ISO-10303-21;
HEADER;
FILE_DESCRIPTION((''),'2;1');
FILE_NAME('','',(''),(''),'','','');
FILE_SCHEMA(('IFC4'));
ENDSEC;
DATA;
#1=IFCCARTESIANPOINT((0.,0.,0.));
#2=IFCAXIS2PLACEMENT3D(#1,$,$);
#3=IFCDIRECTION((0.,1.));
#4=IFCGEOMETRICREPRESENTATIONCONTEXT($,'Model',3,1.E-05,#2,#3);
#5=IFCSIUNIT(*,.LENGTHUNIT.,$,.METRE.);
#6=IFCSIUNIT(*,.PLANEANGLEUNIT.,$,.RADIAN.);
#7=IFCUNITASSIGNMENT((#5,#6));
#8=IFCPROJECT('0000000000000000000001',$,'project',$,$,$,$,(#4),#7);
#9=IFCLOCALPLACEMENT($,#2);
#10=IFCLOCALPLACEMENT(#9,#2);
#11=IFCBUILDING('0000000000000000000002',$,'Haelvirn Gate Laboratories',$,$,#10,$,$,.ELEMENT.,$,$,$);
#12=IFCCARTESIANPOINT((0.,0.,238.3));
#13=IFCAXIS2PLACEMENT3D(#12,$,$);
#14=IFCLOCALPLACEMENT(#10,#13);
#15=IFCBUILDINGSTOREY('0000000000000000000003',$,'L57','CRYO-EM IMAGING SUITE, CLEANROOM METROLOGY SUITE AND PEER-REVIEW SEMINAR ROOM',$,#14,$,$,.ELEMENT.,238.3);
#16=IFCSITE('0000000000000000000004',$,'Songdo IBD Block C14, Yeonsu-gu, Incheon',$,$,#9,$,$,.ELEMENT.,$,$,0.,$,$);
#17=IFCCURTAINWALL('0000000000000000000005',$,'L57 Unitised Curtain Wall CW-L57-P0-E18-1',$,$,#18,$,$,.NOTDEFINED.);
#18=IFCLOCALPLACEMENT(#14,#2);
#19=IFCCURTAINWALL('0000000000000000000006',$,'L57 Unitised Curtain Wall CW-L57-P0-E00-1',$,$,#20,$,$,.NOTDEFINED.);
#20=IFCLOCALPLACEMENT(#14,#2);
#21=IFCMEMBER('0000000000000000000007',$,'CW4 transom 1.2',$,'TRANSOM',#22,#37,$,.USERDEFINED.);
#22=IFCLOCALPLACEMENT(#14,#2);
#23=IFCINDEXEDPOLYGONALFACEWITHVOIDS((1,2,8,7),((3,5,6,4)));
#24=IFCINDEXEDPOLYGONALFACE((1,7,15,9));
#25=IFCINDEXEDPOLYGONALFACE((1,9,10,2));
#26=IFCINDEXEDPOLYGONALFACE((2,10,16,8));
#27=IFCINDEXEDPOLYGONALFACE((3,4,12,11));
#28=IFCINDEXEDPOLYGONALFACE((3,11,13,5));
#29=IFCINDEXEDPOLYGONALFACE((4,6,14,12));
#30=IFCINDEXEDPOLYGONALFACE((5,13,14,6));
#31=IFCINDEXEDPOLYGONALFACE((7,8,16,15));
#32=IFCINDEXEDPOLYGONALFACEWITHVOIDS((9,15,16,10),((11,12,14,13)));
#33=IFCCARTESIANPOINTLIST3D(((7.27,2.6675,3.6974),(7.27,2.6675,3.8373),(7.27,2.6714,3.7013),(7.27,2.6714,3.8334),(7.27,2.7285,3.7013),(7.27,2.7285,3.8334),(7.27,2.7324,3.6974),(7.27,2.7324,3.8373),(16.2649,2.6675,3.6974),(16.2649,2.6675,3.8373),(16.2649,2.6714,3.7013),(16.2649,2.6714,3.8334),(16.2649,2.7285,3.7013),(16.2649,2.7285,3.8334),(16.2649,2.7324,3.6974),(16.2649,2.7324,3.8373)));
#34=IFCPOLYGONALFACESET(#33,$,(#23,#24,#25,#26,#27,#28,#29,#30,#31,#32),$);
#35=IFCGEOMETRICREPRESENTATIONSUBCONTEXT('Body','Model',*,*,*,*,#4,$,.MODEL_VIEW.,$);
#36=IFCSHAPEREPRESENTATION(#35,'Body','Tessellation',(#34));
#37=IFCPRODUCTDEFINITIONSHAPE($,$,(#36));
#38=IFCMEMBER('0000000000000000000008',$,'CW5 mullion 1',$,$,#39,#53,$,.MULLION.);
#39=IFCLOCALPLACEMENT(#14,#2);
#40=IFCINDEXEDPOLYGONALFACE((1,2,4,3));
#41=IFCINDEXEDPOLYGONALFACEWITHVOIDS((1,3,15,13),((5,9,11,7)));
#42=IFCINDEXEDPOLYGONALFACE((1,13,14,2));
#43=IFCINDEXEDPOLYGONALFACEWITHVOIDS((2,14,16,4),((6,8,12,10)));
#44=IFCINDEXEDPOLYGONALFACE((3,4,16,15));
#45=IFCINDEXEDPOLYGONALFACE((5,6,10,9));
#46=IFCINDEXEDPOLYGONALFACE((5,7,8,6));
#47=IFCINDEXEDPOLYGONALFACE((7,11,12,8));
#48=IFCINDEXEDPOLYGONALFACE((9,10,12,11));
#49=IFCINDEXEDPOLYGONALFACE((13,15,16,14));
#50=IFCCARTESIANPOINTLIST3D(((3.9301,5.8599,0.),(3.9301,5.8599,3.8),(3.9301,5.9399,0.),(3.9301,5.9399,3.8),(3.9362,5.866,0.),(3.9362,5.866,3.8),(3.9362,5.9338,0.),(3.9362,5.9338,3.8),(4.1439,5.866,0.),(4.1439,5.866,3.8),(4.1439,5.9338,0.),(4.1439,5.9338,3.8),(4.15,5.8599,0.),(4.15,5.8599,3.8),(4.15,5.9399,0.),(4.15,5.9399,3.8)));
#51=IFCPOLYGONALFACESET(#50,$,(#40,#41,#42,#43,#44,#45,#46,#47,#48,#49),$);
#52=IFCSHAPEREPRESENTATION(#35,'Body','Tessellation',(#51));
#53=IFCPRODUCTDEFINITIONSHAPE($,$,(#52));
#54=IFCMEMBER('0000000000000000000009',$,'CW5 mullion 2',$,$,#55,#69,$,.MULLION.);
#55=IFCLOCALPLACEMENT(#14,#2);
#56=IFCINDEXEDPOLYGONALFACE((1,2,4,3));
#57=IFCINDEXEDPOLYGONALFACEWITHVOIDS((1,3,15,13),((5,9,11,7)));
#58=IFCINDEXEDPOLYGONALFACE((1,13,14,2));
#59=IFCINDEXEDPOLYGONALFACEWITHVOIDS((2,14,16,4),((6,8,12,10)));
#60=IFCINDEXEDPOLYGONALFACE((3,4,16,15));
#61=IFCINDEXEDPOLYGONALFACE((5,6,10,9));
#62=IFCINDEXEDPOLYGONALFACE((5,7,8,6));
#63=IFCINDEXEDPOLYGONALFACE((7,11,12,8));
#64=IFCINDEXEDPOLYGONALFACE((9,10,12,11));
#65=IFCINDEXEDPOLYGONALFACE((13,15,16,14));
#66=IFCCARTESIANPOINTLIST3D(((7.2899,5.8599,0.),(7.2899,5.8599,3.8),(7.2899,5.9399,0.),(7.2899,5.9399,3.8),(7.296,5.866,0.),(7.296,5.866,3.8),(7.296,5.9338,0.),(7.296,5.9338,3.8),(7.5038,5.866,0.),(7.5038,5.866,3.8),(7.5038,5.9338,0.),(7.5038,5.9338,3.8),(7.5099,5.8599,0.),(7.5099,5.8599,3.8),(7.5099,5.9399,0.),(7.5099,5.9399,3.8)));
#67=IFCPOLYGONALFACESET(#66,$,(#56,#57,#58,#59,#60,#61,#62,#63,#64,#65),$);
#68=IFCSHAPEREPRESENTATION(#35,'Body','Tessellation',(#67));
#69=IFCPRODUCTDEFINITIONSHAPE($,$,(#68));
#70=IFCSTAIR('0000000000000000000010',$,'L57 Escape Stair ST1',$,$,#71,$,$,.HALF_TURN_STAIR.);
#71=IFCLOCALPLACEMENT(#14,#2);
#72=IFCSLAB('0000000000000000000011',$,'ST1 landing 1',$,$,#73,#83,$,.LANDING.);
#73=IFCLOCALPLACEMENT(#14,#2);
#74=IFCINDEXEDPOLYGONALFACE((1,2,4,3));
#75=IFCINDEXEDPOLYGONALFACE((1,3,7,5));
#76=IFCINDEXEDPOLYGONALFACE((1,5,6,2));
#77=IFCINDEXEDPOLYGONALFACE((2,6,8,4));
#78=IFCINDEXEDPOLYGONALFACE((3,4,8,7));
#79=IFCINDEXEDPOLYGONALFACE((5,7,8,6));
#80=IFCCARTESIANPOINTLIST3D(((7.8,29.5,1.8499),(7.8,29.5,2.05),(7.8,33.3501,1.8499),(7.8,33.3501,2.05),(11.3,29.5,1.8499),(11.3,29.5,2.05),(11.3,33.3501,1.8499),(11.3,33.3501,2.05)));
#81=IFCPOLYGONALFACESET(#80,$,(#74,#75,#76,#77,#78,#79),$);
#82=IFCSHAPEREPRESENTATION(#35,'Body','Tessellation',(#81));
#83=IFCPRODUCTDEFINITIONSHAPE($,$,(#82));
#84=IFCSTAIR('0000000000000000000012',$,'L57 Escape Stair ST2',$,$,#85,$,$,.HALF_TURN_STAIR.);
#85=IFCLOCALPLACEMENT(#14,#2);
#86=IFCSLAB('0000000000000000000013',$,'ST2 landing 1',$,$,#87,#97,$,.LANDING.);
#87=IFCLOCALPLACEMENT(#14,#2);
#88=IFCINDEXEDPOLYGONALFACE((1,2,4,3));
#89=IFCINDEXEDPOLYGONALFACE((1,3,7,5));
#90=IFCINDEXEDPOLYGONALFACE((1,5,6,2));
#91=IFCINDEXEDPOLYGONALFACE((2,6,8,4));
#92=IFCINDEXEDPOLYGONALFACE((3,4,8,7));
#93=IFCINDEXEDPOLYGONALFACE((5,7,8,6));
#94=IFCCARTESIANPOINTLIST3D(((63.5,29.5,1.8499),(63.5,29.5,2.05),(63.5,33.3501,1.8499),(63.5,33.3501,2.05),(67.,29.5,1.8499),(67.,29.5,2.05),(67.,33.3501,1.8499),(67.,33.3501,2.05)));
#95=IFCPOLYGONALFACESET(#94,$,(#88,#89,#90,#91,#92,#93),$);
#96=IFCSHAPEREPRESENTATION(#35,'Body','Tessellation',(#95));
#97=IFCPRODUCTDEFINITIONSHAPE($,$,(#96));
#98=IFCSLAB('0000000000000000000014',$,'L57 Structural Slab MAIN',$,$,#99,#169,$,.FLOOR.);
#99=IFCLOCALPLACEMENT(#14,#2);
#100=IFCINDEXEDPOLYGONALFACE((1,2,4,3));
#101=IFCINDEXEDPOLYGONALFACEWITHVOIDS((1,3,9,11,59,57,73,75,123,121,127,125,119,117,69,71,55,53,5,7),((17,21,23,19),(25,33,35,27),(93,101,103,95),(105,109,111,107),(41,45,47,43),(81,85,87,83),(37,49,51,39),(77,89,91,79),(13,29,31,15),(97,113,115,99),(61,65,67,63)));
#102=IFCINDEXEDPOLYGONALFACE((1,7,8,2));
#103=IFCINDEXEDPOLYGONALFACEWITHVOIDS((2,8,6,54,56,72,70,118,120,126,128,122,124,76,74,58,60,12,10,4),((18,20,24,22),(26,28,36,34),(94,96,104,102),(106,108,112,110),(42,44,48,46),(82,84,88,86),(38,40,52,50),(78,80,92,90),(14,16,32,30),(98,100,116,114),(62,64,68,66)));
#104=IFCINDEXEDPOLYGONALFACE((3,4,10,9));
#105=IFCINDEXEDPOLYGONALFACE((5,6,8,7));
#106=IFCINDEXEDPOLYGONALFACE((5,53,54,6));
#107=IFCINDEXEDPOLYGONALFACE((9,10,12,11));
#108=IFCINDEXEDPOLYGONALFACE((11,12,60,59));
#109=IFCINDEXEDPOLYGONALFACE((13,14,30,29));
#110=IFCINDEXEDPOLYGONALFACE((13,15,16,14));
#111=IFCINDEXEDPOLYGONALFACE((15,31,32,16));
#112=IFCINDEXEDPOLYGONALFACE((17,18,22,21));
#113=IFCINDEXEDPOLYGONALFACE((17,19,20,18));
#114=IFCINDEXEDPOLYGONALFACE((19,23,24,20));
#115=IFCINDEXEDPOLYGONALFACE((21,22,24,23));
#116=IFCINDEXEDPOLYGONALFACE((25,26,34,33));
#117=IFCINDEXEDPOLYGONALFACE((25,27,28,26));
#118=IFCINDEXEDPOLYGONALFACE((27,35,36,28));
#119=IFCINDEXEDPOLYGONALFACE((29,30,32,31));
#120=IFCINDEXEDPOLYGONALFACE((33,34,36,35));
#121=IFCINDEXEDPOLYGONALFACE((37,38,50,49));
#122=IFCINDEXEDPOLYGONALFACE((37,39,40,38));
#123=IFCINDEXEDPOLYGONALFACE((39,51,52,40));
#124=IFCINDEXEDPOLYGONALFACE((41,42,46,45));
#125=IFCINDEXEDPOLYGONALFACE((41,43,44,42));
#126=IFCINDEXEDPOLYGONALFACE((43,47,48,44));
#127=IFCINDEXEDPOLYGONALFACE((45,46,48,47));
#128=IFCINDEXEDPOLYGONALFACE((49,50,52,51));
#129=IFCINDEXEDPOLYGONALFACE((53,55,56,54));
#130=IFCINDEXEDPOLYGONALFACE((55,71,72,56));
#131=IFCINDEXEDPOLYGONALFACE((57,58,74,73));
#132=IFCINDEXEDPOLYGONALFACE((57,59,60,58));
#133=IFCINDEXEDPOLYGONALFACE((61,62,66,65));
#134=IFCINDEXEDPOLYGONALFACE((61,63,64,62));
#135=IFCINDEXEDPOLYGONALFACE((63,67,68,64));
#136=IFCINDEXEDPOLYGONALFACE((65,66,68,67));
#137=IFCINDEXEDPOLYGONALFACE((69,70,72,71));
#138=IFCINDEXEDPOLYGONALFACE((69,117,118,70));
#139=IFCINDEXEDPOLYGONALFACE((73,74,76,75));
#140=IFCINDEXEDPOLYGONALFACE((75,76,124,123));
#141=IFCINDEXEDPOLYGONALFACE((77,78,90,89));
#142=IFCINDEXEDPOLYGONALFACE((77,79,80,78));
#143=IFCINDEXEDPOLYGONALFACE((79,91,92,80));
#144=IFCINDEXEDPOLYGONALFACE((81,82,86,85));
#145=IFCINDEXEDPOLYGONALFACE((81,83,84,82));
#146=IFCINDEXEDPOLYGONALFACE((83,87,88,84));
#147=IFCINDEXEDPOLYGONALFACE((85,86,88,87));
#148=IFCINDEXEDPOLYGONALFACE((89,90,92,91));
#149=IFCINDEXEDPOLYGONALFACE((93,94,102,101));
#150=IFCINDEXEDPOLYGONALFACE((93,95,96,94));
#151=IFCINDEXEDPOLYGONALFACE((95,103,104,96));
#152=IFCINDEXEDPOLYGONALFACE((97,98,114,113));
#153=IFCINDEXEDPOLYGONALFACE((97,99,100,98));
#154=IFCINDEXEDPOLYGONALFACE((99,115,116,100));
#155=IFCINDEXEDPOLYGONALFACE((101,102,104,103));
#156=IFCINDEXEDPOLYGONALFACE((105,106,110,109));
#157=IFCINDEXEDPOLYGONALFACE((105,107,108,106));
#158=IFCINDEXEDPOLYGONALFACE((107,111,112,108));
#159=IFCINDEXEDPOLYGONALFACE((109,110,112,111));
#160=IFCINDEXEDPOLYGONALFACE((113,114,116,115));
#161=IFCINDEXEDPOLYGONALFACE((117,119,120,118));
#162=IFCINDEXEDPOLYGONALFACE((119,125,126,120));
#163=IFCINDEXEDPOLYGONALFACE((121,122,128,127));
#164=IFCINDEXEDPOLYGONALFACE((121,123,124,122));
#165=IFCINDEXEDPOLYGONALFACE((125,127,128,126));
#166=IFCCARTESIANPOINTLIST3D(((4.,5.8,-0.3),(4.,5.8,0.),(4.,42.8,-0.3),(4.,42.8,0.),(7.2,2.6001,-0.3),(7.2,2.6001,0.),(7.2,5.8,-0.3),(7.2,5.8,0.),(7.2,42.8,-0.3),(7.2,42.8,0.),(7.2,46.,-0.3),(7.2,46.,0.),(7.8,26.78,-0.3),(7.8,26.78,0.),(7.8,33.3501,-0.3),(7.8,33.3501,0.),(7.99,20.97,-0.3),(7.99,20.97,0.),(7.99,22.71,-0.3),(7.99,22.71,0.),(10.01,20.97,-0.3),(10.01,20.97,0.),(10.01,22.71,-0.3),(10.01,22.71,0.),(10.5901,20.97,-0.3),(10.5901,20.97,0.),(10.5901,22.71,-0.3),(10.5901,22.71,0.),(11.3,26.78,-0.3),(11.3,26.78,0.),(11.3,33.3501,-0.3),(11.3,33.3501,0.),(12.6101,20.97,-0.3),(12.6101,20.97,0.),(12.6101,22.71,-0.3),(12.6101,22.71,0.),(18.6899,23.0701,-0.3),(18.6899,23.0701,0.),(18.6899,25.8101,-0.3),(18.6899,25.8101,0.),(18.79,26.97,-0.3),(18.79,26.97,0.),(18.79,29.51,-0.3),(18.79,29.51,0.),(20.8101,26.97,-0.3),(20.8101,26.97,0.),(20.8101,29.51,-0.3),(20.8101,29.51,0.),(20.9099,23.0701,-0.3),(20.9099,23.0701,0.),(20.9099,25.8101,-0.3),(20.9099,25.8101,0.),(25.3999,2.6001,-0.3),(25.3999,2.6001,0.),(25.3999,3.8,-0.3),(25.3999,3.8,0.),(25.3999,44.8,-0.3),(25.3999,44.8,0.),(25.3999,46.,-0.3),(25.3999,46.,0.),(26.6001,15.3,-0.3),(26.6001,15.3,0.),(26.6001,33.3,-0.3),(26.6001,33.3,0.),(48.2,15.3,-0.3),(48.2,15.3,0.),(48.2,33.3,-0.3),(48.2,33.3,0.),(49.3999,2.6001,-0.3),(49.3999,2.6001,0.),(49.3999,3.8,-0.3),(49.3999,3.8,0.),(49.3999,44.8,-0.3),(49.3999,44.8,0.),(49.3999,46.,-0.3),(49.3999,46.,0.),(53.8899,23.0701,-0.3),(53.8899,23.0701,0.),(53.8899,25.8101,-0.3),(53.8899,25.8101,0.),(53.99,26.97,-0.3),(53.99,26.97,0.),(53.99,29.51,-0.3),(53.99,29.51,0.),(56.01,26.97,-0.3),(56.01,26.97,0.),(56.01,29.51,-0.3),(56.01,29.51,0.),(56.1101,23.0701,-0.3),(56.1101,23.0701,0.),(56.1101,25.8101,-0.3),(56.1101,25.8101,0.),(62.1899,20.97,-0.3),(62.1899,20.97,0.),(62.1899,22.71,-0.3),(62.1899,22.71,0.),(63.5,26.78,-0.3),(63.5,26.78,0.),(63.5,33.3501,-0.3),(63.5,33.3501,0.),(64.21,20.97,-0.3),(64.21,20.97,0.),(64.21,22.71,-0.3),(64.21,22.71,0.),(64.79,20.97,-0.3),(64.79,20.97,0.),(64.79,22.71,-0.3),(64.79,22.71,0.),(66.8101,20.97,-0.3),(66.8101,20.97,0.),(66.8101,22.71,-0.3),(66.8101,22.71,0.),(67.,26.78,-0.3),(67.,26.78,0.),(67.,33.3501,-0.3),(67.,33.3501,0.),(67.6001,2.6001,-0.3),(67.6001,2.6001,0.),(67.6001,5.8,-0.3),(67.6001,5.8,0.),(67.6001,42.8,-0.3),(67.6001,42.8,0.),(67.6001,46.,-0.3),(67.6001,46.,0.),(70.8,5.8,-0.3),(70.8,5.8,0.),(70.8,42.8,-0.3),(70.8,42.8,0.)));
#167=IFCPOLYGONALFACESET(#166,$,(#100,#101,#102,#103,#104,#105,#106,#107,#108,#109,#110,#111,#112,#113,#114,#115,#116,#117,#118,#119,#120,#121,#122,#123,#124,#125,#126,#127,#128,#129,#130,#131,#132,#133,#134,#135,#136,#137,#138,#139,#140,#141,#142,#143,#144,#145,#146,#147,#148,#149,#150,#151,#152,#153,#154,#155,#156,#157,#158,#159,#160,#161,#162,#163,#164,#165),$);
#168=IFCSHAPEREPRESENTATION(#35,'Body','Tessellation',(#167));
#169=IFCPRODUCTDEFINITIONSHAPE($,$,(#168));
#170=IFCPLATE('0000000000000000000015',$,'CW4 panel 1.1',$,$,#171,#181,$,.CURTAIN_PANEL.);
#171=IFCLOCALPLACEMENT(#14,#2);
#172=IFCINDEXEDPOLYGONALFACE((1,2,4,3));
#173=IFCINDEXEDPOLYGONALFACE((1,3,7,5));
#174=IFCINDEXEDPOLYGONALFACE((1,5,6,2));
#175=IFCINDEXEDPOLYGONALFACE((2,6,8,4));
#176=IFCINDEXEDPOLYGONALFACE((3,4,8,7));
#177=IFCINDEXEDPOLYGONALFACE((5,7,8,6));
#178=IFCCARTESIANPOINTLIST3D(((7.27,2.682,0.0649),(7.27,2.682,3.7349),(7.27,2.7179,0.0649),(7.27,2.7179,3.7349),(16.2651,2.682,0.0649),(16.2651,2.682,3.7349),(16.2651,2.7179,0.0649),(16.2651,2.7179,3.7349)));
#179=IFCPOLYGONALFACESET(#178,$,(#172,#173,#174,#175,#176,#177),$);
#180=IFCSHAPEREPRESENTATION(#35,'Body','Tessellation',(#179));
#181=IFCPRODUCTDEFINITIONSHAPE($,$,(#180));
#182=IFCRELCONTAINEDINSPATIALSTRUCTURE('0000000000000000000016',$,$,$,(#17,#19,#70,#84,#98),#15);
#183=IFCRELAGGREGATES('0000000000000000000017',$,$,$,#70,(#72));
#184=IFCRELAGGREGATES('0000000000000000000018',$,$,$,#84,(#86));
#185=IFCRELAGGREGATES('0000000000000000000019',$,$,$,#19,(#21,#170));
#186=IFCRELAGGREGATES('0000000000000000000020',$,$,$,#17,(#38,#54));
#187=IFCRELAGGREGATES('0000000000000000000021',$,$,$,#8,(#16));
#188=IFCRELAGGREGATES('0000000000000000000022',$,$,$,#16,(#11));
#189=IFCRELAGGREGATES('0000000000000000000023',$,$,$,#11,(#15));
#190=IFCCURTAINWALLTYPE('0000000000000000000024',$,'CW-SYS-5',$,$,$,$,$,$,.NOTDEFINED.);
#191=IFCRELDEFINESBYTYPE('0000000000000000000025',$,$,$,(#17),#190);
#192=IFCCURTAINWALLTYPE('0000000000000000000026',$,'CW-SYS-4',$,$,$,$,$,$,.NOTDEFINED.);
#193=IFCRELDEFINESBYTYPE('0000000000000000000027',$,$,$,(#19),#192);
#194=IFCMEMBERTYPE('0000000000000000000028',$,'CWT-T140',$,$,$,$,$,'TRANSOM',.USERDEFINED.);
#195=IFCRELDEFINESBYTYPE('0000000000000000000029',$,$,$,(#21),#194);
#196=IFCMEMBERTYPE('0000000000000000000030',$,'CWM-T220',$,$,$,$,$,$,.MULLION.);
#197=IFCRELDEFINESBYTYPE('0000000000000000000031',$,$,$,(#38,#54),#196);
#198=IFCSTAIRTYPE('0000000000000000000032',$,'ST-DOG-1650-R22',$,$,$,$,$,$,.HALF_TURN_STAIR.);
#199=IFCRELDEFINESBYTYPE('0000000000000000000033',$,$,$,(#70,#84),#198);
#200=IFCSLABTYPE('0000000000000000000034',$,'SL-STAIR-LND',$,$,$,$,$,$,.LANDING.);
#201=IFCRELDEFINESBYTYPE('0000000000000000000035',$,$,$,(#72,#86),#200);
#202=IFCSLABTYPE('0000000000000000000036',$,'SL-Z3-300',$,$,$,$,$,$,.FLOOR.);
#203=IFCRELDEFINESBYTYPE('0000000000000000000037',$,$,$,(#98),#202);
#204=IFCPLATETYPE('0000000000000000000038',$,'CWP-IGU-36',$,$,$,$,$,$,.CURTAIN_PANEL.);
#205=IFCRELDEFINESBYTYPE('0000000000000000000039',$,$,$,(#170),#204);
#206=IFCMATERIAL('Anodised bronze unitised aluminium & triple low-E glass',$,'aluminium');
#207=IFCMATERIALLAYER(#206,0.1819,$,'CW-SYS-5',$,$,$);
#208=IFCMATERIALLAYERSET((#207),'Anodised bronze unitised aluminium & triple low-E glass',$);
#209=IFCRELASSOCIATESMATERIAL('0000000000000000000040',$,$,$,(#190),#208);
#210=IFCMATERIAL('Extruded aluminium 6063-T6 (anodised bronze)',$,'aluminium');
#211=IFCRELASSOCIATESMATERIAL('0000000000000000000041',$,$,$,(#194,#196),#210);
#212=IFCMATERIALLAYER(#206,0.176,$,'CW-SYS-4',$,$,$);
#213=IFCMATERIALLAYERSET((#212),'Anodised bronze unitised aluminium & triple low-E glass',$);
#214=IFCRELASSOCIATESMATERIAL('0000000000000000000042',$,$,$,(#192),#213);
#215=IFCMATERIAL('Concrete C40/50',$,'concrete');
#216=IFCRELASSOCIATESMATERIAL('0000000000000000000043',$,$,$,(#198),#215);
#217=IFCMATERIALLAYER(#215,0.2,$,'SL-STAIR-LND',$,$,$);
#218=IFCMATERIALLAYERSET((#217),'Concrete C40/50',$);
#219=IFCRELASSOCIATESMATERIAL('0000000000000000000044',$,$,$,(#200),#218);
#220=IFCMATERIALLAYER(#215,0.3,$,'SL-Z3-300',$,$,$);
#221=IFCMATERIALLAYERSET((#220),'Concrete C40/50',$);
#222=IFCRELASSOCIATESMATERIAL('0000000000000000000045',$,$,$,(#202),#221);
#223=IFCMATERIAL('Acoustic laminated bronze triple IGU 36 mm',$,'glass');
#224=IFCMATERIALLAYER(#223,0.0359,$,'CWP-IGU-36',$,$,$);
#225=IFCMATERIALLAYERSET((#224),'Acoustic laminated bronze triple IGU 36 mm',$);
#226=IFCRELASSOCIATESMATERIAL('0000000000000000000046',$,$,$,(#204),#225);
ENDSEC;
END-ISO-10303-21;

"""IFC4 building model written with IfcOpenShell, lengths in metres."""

from ifc_helpers import new_model, si_unit, direction, frame, origin, origin_2d, place, context, subcontext, project, spatial, polyline, rectangle, hollow_rectangle, outline, extrude, source, transform, mapped, material, layer, layer_set, material_profile, profile_set, type_object, type_shapes, element, aggregate, save


model = new_model("IFC4")

# Units and contexts
model_context = context("Model", 3, precision=1e-05, world=origin(), true_north=direction((0.0, 1.0)))
body_context = subcontext(model_context, "Body", "Model", "MODEL_VIEW")
ifc_project = project(units=[si_unit("LENGTHUNIT", "METRE"), si_unit("PLANEANGLEUNIT", "RADIAN")], contexts=[model_context])

# Site, building, storey
site_placement = place(None, origin())
site = spatial("IfcSite", under=ifc_project, at=site_placement, Name="Songdo IBD Block C14, Yeonsu-gu, Incheon", CompositionType="ELEMENT", RefElevation=0.0)
building_placement = place(site_placement, origin())
building = spatial("IfcBuilding", under=site, at=building_placement, Name="Haelvirn Gate Laboratories", CompositionType="ELEMENT")
storey_placement = place(building_placement, frame((0.0, 0.0, 238.3)))
storey = spatial("IfcBuildingStorey", under=building, at=storey_placement, Name="L57", Description="CRYO-EM IMAGING SUITE, CLEANROOM METROLOGY SUITE AND PEER-REVIEW SEMINAR ROOM", CompositionType="ELEMENT", Elevation=238.3)

# Curtain wall
ifc_material_1 = material(Name="Anodised bronze unitised aluminium & triple low-E glass", Category="aluminium")
ifc_layer_1 = layer(ifc_material_1, 0.1819, Name="CW-SYS-5")
ifc_layer_set_1 = layer_set([ifc_layer_1], Name="Anodised bronze unitised aluminium & triple low-E glass")
curtain_wall_type_1 = type_object("IfcCurtainWallType", Name="CW-SYS-5", PredefinedType="NOTDEFINED", material=ifc_layer_set_1)
curtain_wall_1_placement = place(storey_placement, origin())
curtain_wall_1 = element("IfcCurtainWall", 1, at=curtain_wall_1_placement, inside=storey, type_object=curtain_wall_type_1, Name="L57 Unitised Curtain Wall CW-L57-P0-E18-1", PredefinedType="NOTDEFINED")
ifc_material_2 = material(Name="Extruded aluminium 6063-T6 (anodised bronze)", Category="aluminium")
ifc_material_profile_1 = material_profile(ifc_material_2, hollow_rectangle(XDim=0.0649, YDim=0.1399, WallThickness=0.0039, at=origin_2d()), Name="CWT-140x65x4")
ifc_profile_set_1 = profile_set([ifc_material_profile_1], Name="Extruded aluminium 6063-T6 (anodised bronze)")
member_type_1 = type_object("IfcMemberType", Name="CWT-T140", ElementType="TRANSOM", PredefinedType="USERDEFINED", material=ifc_profile_set_1)

# Curtain wall
ifc_layer_2 = layer(ifc_material_1, 0.176, Name="CW-SYS-4")
ifc_layer_set_2 = layer_set([ifc_layer_2], Name="Anodised bronze unitised aluminium & triple low-E glass")
curtain_wall_type_2 = type_object("IfcCurtainWallType", Name="CW-SYS-4", PredefinedType="NOTDEFINED", material=ifc_layer_set_2)
curtain_wall_2_placement = place(storey_placement, origin())
curtain_wall_2 = element("IfcCurtainWall", 2, at=curtain_wall_2_placement, inside=storey, type_object=curtain_wall_type_2, Name="L57 Unitised Curtain Wall CW-L57-P0-E00-1", PredefinedType="NOTDEFINED")

# Members
shared_shape_1 = source(origin(), body_context, "Body", "SweptSolid", [
    extrude(hollow_rectangle(XDim=0.0649, YDim=0.1399, WallThickness=0.0039, at=origin_2d()), origin(), (0.0, 0.0, 1.0), 8.9949),
])
member_1_placement = place(storey_placement, frame((7.27, 2.7, 3.7673), z_axis=(1.0, 0.0, 0.0), x_axis=(0.0, 1.0, 0.0)))
member_1 = element("IfcMember", 3, at=member_1_placement, type_object=member_type_1, Name="CW4 transom 1.2", ObjectType="TRANSOM", PredefinedType="USERDEFINED", context=body_context, shape_type="MappedRepresentation", body=[
    mapped(shared_shape_1, transform((0.0, 0.0, 0.0), scale=1.0)),
])
ifc_material_profile_2 = material_profile(ifc_material_2, hollow_rectangle(XDim=0.0801, YDim=0.22, WallThickness=0.0061, at=origin_2d()), Name="CWM-220x80x6")
ifc_profile_set_2 = profile_set([ifc_material_profile_2], Name="Extruded aluminium 6063-T6 (anodised bronze)")
member_type_2 = type_object("IfcMemberType", Name="CWM-T220", PredefinedType="MULLION", material=ifc_profile_set_2)
shared_shape_2 = source(origin(), body_context, "Body", "SweptSolid", [
    extrude(hollow_rectangle(XDim=0.0801, YDim=0.22, WallThickness=0.0061, at=origin_2d()), origin(), (0.0, 0.0, 1.0), 3.8),
])
type_shapes(member_type_2, [shared_shape_2])
member_2_placement = place(storey_placement, frame((4.04, 5.8999, 0.0), z_axis=(0.0, 0.0, 1.0), x_axis=(0.0, 1.0, 0.0)))
member_2 = element("IfcMember", 4, at=member_2_placement, type_object=member_type_2, Name="CW5 mullion 1", PredefinedType="MULLION", context=body_context, shape_type="MappedRepresentation", body=[
    mapped(shared_shape_2, transform((0.0, 0.0, 0.0), scale=1.0)),
])
member_3_placement = place(storey_placement, frame((7.3999, 5.8999, 0.0), z_axis=(0.0, 0.0, 1.0), x_axis=(0.0, 1.0, 0.0)))
member_3 = element("IfcMember", 5, at=member_3_placement, type_object=member_type_2, Name="CW5 mullion 2", PredefinedType="MULLION", context=body_context, shape_type="MappedRepresentation", body=[
    mapped(shared_shape_2, transform((0.0, 0.0, 0.0), scale=1.0)),
])

# Stairs, slabs
ifc_material_3 = material(Name="Concrete C40/50", Category="concrete")
stair_type = type_object("IfcStairType", Name="ST-DOG-1650-R22", PredefinedType="HALF_TURN_STAIR", material=ifc_material_3)
stair_1_placement = place(storey_placement, origin())
stair_1 = element("IfcStair", 6, at=stair_1_placement, inside=storey, type_object=stair_type, Name="L57 Escape Stair ST1", PredefinedType="HALF_TURN_STAIR")
ifc_layer_3 = layer(ifc_material_3, 0.2, Name="SL-STAIR-LND")
ifc_layer_set_3 = layer_set([ifc_layer_3], Name="Concrete C40/50")
slab_type_1 = type_object("IfcSlabType", Name="SL-STAIR-LND", PredefinedType="LANDING", material=ifc_layer_set_3)
slab_1_placement = place(storey_placement, frame((0.0, 0.0, 1.8499)))
slab_1 = element("IfcSlab", 7, at=slab_1_placement, type_object=slab_type_1, Name="ST1 landing 1", PredefinedType="LANDING", context=body_context, shape_type="SweptSolid", body=[
    extrude(outline(polyline([(11.3, 29.5), (11.3, 33.3501), (7.8, 33.3501), (7.8, 29.5), (11.3, 29.5)])), origin(), (0.0, 0.0, 1.0), 0.2002),
])
aggregate(stair_1, [slab_1])
stair_2_placement = place(storey_placement, origin())
stair_2 = element("IfcStair", 8, at=stair_2_placement, inside=storey, type_object=stair_type, Name="L57 Escape Stair ST2", PredefinedType="HALF_TURN_STAIR")
slab_2_placement = place(storey_placement, frame((0.0, 0.0, 1.8499)))
slab_2 = element("IfcSlab", 9, at=slab_2_placement, type_object=slab_type_1, Name="ST2 landing 1", PredefinedType="LANDING", context=body_context, shape_type="SweptSolid", body=[
    extrude(outline(polyline([(67.0, 29.5), (67.0, 33.3501), (63.5, 33.3501), (63.5, 29.5), (67.0, 29.5)])), origin(), (0.0, 0.0, 1.0), 0.2002),
])
aggregate(stair_2, [slab_2])

# Slab
ifc_layer_4 = layer(ifc_material_3, 0.3, Name="SL-Z3-300")
ifc_layer_set_4 = layer_set([ifc_layer_4], Name="Concrete C40/50")
slab_type_2 = type_object("IfcSlabType", Name="SL-Z3-300", PredefinedType="FLOOR", material=ifc_layer_set_4)
slab_3_placement = place(storey_placement, frame((0.0, 0.0, -0.3)))
element("IfcSlab", 10, at=slab_3_placement, inside=storey, type_object=slab_type_2, Name="L57 Structural Slab MAIN", PredefinedType="FLOOR", context=body_context, shape_type="SweptSolid", body=[
    extrude(outline(polyline([(7.2, 2.6001), (25.3999, 2.6001), (25.3999, 3.8), (49.3999, 3.8), (49.3999, 2.6001), (67.6001, 2.6001), (67.6001, 5.8), (70.8, 5.8), (70.8, 42.8), (67.6001, 42.8), (67.6001, 46.0), (49.3999, 46.0), (49.3999, 44.8), (25.3999, 44.8), (25.3999, 46.0), (7.2, 46.0), (7.2, 42.8), (4.0, 42.8), (4.0, 5.8), (7.2, 5.8), (7.2, 2.6001)]), holes=[polyline([(26.6001, 15.3), (48.2, 15.3), (48.2, 33.3), (26.6001, 33.3), (26.6001, 15.3)]), polyline([(11.3, 26.78), (11.3, 33.3501), (7.8, 33.3501), (7.8, 26.78), (11.3, 26.78)]), polyline([(67.0, 26.78), (67.0, 33.3501), (63.5, 33.3501), (63.5, 26.78), (67.0, 26.78)]), polyline([(7.99, 20.97), (10.01, 20.97), (10.01, 22.71), (7.99, 22.71), (7.99, 20.97)]), polyline([(10.5901, 20.97), (12.6101, 20.97), (12.6101, 22.71), (10.5901, 22.71), (10.5901, 20.97)]), polyline([(18.79, 26.97), (20.8101, 26.97), (20.8101, 29.51), (18.79, 29.51), (18.79, 26.97)]), polyline([(18.6899, 23.0701), (20.9099, 23.0701), (20.9099, 25.8101), (18.6899, 25.8101), (18.6899, 23.0701)]), polyline([(64.79, 20.97), (66.8101, 20.97), (66.8101, 22.71), (64.79, 22.71), (64.79, 20.97)]), polyline([(62.1899, 20.97), (64.21, 20.97), (64.21, 22.71), (62.1899, 22.71), (62.1899, 20.97)]), polyline([(53.99, 26.97), (56.01, 26.97), (56.01, 29.51), (53.99, 29.51), (53.99, 26.97)]), polyline([(53.8899, 23.0701), (56.1101, 23.0701), (56.1101, 25.8101), (53.8899, 25.8101), (53.8899, 23.0701)])]), origin(), (0.0, 0.0, 1.0), 0.3),
])

# Plate
ifc_material_4 = material(Name="Acoustic laminated bronze triple IGU 36 mm", Category="glass")
ifc_layer_5 = layer(ifc_material_4, 0.0359, Name="CWP-IGU-36")
ifc_layer_set_5 = layer_set([ifc_layer_5], Name="Acoustic laminated bronze triple IGU 36 mm")
plate_type_1 = type_object("IfcPlateType", Name="CWP-IGU-36", PredefinedType="CURTAIN_PANEL", material=ifc_layer_set_5)
shared_shape_3 = source(origin(), body_context, "Body", "SweptSolid", [
    extrude(rectangle(XDim=8.9951, YDim=0.0359, at=origin_2d()), origin(), (0.0, 0.0, 1.0), 3.6699),
])
type_shapes(plate_type_1, [shared_shape_3])
plate_1_placement = place(storey_placement, frame((11.7676, 2.7, 0.0649), z_axis=(0.0, 0.0, 1.0), x_axis=(1.0, 0.0, 0.0)))
plate_1 = element("IfcPlate", 11, at=plate_1_placement, type_object=plate_type_1, Name="CW4 panel 1.1", PredefinedType="CURTAIN_PANEL", context=body_context, shape_type="MappedRepresentation", body=[
    mapped(shared_shape_3, transform((0.0, 0.0, 0.0), scale=1.0)),
])
aggregate(curtain_wall_2, [member_1, plate_1])
aggregate(curtain_wall_1, [member_2, member_3])

save(model, "model.ifc")
